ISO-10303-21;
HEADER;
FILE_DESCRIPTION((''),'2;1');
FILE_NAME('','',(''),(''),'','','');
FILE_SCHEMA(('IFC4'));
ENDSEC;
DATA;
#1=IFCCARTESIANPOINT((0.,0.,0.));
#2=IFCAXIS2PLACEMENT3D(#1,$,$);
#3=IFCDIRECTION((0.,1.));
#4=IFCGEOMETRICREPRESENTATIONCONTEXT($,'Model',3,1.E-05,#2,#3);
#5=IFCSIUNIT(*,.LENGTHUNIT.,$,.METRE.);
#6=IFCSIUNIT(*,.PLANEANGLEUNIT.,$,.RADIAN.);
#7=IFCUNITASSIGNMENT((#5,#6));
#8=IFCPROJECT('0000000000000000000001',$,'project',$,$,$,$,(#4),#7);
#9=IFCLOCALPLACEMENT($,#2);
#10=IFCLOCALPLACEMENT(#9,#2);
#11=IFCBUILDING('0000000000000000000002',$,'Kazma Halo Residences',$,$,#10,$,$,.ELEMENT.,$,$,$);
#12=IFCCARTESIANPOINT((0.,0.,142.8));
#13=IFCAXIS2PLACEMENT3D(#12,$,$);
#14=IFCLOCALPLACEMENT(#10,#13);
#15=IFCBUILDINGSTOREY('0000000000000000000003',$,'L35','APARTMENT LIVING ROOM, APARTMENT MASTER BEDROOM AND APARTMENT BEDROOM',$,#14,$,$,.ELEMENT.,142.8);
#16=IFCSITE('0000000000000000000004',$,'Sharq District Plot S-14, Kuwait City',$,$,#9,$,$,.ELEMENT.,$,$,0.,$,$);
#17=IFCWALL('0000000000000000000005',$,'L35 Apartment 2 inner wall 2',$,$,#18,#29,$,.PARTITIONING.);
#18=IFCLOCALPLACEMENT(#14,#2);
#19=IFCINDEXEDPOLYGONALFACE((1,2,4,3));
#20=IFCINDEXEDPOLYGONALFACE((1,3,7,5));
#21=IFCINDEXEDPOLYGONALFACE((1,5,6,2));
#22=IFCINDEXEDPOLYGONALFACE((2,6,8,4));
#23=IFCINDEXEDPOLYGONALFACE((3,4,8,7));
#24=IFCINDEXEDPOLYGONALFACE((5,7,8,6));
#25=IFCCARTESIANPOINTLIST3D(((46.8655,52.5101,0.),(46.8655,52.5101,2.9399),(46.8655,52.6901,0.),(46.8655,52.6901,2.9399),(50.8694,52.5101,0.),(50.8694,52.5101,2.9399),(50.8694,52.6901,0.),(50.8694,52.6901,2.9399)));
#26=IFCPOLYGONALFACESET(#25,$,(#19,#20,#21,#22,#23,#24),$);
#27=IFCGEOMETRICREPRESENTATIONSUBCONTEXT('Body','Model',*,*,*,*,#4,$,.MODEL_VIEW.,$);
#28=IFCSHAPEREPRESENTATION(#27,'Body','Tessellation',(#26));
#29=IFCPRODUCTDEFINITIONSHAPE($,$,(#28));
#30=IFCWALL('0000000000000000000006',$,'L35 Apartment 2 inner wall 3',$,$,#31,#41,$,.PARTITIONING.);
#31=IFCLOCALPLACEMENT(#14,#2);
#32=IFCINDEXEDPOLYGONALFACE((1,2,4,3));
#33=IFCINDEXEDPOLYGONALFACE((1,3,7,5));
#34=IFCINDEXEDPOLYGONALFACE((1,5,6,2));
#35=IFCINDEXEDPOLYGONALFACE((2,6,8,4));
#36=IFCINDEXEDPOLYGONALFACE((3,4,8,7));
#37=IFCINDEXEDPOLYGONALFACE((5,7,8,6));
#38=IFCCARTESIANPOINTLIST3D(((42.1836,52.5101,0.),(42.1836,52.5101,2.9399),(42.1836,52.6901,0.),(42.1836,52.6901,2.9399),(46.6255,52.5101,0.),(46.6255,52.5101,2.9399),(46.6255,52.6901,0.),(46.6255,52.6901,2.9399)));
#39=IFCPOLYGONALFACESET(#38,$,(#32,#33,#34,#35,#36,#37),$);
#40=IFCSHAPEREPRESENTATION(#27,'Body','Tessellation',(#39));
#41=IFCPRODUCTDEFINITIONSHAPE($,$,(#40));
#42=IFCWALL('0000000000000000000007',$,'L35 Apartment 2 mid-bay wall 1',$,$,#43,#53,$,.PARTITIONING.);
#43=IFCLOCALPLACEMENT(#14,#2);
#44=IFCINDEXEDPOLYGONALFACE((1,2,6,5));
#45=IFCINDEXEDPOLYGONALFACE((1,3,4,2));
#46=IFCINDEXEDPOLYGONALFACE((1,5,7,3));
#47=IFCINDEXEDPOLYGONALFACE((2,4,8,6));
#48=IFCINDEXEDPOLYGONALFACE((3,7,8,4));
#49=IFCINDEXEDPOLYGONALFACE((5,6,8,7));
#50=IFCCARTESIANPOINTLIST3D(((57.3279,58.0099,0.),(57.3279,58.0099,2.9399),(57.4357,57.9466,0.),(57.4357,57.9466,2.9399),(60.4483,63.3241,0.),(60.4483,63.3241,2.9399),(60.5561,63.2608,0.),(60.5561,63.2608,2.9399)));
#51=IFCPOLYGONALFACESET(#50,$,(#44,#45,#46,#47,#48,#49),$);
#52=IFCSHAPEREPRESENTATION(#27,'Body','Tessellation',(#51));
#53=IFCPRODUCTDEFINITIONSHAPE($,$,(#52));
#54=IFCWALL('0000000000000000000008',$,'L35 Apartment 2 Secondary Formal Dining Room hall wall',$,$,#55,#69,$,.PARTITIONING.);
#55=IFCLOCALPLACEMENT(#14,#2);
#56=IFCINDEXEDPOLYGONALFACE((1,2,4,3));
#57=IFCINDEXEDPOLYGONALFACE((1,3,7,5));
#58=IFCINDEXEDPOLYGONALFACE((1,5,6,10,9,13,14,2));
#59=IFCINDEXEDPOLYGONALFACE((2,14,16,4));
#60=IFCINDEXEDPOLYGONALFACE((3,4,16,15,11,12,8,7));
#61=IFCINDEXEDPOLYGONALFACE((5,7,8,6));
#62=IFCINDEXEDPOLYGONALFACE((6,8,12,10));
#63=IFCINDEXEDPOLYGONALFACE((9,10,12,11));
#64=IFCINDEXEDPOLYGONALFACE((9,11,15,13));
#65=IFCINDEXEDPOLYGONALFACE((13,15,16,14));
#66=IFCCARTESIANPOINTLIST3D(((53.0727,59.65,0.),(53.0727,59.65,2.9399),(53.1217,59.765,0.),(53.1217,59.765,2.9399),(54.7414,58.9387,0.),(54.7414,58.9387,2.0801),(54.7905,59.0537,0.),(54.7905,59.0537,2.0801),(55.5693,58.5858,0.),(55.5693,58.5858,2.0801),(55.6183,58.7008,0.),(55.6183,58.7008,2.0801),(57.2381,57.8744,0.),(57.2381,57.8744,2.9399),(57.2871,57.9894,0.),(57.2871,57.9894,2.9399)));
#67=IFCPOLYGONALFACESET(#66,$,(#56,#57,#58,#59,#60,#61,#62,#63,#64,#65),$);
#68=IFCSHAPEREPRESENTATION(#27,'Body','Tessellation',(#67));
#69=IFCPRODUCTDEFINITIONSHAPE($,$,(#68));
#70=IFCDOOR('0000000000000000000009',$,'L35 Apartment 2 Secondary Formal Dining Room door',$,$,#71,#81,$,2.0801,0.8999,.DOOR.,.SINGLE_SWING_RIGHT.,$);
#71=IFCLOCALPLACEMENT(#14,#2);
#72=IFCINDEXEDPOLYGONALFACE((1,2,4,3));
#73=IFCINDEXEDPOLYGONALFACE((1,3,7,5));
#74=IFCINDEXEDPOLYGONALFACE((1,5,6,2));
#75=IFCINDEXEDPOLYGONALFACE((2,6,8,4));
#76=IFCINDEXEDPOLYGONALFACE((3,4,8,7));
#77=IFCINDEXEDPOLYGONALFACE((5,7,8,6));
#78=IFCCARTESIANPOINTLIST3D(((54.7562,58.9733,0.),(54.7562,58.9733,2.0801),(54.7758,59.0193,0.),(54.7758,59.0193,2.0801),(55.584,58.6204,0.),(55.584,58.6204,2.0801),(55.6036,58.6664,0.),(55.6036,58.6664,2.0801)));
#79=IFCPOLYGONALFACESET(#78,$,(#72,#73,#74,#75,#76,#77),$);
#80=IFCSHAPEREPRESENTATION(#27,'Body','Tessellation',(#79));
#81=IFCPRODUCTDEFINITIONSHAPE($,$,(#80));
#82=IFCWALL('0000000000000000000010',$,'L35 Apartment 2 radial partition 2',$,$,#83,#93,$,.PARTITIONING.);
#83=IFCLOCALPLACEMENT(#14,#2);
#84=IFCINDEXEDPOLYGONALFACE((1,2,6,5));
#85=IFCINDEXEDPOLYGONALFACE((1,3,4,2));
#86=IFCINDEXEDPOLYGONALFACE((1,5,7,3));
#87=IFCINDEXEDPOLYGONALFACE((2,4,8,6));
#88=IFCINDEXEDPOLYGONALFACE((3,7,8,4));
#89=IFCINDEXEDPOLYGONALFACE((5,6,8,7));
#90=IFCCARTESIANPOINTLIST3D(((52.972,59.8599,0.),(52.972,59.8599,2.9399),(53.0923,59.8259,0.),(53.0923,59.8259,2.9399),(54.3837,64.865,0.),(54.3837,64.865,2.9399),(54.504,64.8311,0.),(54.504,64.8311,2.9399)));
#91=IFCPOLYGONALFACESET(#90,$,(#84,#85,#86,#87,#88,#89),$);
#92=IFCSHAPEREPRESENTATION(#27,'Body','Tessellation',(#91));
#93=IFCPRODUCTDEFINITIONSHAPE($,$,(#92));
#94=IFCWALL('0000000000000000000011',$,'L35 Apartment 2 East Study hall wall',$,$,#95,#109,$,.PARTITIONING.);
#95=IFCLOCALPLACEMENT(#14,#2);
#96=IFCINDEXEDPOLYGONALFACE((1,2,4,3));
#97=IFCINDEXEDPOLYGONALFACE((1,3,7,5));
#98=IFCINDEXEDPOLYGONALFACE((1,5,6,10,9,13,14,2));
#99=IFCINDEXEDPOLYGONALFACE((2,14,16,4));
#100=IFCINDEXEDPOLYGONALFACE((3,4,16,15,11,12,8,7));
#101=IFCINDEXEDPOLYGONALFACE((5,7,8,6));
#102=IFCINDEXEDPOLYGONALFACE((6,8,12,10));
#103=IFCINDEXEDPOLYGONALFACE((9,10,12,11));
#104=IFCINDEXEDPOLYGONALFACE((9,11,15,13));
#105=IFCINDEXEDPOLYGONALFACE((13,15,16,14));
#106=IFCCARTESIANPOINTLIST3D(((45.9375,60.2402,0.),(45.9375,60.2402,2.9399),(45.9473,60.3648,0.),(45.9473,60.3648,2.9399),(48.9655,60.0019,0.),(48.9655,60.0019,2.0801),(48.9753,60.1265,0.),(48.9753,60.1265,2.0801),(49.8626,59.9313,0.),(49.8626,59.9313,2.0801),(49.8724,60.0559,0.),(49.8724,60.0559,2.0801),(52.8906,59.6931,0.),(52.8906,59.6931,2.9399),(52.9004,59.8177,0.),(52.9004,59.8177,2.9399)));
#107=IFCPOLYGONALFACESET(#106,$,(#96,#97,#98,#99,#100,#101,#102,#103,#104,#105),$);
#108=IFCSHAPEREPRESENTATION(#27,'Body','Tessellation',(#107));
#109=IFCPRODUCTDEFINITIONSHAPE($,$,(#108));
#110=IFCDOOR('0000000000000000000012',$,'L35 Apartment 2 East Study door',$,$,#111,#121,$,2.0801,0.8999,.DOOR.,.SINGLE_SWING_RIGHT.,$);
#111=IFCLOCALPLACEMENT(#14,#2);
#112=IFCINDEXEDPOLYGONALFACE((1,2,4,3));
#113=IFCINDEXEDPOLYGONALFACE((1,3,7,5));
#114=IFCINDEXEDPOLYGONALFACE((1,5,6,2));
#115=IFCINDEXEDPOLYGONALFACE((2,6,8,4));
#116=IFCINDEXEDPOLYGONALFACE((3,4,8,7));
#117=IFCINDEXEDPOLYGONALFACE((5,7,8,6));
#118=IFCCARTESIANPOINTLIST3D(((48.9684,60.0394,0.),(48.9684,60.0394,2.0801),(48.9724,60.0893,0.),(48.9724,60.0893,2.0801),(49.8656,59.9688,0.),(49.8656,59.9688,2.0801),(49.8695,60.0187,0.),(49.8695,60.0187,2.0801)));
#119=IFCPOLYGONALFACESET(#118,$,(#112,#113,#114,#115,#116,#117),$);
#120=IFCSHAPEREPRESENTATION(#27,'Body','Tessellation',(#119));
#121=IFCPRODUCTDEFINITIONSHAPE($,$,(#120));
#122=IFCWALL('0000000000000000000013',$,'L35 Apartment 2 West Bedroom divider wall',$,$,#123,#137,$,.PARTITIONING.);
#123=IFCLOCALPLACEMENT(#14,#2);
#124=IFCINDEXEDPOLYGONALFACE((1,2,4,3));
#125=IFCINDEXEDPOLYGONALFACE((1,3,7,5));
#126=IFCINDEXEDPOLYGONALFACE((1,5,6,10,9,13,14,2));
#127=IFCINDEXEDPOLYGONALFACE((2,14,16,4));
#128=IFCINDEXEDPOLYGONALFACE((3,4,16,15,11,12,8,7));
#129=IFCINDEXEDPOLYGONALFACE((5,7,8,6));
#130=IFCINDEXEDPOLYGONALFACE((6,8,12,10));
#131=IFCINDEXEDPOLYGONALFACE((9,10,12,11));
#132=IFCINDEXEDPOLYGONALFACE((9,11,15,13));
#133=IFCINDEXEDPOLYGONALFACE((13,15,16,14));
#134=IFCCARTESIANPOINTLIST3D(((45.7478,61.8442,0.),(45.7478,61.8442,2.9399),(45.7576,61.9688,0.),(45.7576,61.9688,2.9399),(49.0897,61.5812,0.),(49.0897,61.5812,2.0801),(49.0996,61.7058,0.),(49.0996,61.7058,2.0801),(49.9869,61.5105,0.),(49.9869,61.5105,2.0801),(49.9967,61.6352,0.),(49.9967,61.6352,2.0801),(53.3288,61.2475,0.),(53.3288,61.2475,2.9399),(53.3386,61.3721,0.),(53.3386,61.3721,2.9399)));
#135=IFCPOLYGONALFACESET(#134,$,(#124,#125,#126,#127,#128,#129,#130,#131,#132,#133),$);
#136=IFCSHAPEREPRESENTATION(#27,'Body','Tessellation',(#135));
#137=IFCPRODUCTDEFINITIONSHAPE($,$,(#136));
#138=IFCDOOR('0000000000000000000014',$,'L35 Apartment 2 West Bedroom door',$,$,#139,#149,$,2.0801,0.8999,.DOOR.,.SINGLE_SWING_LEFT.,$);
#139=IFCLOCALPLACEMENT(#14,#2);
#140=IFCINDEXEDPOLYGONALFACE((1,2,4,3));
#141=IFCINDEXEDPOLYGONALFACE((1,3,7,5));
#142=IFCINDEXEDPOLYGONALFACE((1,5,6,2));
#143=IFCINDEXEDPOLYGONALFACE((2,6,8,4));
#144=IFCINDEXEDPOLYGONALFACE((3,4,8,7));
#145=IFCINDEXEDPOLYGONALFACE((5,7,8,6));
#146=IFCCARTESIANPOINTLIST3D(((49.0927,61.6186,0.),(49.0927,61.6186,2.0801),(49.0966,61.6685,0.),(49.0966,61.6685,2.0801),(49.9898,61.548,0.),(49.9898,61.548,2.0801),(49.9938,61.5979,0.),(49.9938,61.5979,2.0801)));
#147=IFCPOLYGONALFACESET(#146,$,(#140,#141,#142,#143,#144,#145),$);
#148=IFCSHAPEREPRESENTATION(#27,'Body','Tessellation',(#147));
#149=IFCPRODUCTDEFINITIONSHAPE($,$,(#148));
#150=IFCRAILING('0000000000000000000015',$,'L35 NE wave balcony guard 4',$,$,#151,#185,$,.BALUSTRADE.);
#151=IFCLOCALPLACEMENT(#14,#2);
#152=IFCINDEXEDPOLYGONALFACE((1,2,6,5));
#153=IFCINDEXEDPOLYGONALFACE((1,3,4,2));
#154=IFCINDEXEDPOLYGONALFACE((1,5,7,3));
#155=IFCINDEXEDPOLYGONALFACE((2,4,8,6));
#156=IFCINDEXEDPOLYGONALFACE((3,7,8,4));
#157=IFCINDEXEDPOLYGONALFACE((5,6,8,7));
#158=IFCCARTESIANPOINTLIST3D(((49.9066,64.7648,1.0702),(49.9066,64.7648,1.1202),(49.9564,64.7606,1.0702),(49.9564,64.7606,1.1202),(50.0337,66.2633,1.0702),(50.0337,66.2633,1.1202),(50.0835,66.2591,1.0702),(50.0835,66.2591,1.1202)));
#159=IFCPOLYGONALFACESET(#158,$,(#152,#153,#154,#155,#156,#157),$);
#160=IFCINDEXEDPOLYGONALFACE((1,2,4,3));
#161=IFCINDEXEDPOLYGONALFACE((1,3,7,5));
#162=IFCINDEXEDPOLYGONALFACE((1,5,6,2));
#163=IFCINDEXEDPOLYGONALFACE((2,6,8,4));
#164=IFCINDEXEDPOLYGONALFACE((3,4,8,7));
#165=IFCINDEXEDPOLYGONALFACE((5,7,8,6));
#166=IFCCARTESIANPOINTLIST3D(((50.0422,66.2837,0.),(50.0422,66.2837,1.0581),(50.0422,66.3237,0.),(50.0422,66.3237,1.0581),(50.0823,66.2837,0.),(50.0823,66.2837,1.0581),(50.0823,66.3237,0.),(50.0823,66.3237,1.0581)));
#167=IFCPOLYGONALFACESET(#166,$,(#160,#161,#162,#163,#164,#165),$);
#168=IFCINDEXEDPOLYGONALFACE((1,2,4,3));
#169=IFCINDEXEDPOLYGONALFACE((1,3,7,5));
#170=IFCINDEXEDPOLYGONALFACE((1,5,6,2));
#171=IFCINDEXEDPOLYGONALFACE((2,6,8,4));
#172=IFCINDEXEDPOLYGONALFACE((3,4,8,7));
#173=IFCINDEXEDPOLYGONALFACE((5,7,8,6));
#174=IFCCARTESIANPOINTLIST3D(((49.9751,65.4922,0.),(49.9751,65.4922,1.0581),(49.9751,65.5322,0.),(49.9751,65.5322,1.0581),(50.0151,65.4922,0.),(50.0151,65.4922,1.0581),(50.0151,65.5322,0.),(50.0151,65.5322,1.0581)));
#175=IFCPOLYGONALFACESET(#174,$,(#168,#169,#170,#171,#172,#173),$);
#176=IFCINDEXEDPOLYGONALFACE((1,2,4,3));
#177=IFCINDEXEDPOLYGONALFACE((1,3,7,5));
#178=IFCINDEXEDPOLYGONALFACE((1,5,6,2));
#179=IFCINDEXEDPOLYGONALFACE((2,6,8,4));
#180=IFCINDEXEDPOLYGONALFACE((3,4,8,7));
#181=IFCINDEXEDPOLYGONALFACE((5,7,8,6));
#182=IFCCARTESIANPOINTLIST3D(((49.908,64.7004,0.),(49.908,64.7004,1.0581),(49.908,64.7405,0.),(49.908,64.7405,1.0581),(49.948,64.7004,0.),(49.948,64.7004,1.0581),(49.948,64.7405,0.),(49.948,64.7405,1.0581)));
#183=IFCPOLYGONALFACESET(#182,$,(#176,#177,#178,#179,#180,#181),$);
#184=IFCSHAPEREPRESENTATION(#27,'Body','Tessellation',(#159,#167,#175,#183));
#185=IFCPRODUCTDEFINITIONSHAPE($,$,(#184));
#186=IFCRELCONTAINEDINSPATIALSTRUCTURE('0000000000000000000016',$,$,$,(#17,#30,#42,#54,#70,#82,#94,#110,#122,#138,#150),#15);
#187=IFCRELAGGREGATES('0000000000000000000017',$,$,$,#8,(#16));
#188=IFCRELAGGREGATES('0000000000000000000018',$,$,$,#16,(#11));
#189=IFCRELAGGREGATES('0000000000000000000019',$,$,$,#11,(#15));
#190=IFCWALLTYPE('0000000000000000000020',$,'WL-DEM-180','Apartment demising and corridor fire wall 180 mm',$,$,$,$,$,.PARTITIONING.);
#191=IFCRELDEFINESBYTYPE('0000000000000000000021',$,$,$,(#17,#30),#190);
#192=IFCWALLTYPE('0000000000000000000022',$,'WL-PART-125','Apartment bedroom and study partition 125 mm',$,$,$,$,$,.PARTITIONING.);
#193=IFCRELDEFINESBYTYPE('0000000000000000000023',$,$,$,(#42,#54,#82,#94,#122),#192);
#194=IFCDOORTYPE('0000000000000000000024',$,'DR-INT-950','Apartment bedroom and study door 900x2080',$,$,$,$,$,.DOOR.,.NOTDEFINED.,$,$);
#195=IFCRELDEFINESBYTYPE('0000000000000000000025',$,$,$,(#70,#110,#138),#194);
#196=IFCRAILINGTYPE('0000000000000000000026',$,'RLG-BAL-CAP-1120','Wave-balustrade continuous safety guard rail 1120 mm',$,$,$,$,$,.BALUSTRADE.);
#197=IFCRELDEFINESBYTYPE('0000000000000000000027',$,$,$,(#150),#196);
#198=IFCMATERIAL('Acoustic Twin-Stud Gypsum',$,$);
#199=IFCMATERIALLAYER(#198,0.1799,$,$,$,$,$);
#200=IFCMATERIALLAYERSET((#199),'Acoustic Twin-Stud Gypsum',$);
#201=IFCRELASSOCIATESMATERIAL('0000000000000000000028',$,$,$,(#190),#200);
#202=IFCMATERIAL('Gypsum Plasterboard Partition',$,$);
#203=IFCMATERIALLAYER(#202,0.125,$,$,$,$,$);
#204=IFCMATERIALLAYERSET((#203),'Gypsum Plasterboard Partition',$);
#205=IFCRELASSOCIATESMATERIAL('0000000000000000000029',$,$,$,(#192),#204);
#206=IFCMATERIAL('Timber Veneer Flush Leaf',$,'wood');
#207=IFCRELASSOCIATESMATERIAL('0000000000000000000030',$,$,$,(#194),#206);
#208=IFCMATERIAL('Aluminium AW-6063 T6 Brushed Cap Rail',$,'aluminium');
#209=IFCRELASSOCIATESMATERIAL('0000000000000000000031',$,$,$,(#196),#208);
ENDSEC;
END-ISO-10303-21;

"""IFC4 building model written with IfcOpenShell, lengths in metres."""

from ifc_helpers import new_model, si_unit, direction, frame, frame_2d, origin, origin_2d, place, context, subcontext, project, spatial, rectangle, extrude, material, layer, layer_set, type_object, element, fill, save


model = new_model("IFC4")

# Units and contexts
model_context = context("Model", 3, precision=1e-05, world=origin(), true_north=direction((0.0, 1.0)))
body_context = subcontext(model_context, "Body", "Model", "MODEL_VIEW")
ifc_project = project(units=[si_unit("LENGTHUNIT", "METRE"), si_unit("PLANEANGLEUNIT", "RADIAN")], contexts=[model_context])

# Site, building, storey
site_placement = place(None, origin())
site = spatial("IfcSite", under=ifc_project, at=site_placement, Name="Sharq District Plot S-14, Kuwait City", CompositionType="ELEMENT", RefElevation=0.0)
building_placement = place(site_placement, origin())
building = spatial("IfcBuilding", under=site, at=building_placement, Name="Kazma Halo Residences", CompositionType="ELEMENT")
storey_placement = place(building_placement, frame((0.0, 0.0, 142.8)))
storey = spatial("IfcBuildingStorey", under=building, at=storey_placement, Name="L35", Description="APARTMENT LIVING ROOM, APARTMENT MASTER BEDROOM AND APARTMENT BEDROOM", CompositionType="ELEMENT", Elevation=142.8)

# Walls
ifc_material_1 = material(Name="Acoustic Twin-Stud Gypsum")
ifc_layer_1 = layer(ifc_material_1, 0.1799)
ifc_layer_set_1 = layer_set([ifc_layer_1], Name="Acoustic Twin-Stud Gypsum")
wall_type_1 = type_object("IfcWallType", Name="WL-DEM-180", Description="Apartment demising and corridor fire wall 180 mm", PredefinedType="PARTITIONING", material=ifc_layer_set_1)
wall_1_placement = place(storey_placement, frame((50.8694, 52.6001, 0.0), z_axis=(0.0, 0.0, 1.0), x_axis=(-1.0, 0.0, 0.0)))
element("IfcWall", 1, at=wall_1_placement, inside=storey, type_object=wall_type_1, Name="L35 Apartment 2 inner wall 2", PredefinedType="PARTITIONING", context=body_context, shape_type="SweptSolid", body=[
    extrude(rectangle(XDim=4.0039, YDim=0.1799, at=frame_2d((2.002, 0.0))), origin(), (0.0, 0.0, 1.0), 2.9399),
])
wall_2_placement = place(storey_placement, frame((46.6255, 52.6001, 0.0), z_axis=(0.0, 0.0, 1.0), x_axis=(-1.0, 0.0, 0.0)))
element("IfcWall", 2, at=wall_2_placement, inside=storey, type_object=wall_type_1, Name="L35 Apartment 2 inner wall 3", PredefinedType="PARTITIONING", context=body_context, shape_type="SweptSolid", body=[
    extrude(rectangle(XDim=4.4419, YDim=0.1799, at=frame_2d((2.2209, 0.0))), origin(), (0.0, 0.0, 1.0), 2.9399),
])
ifc_material_2 = material(Name="Gypsum Plasterboard Partition")
ifc_layer_2 = layer(ifc_material_2, 0.125)
ifc_layer_set_2 = layer_set([ifc_layer_2], Name="Gypsum Plasterboard Partition")
wall_type_2 = type_object("IfcWallType", Name="WL-PART-125", Description="Apartment bedroom and study partition 125 mm", PredefinedType="PARTITIONING", material=ifc_layer_set_2)
wall_3_placement = place(storey_placement, frame((57.3818, 57.9783, 0.0), z_axis=(0.0, 0.0, 1.0), x_axis=(0.50634, 0.862334, 0.0)))
element("IfcWall", 3, at=wall_3_placement, inside=storey, type_object=wall_type_2, Name="L35 Apartment 2 mid-bay wall 1", PredefinedType="PARTITIONING", context=body_context, shape_type="SweptSolid", body=[
    extrude(rectangle(XDim=6.1626, YDim=0.125, at=frame_2d((3.0813, 0.0))), origin(), (0.0, 0.0, 1.0), 2.9399),
])

# Wall, opening, door
wall_4_placement = place(storey_placement, frame((57.2627, 57.9319, 0.0), z_axis=(0.0, 0.0, 1.0), x_axis=(-0.91991, 0.392129, 0.0)))
wall_4 = element("IfcWall", 4, at=wall_4_placement, inside=storey, type_object=wall_type_2, Name="L35 Apartment 2 Secondary Formal Dining Room hall wall", PredefinedType="PARTITIONING", context=body_context, shape_type="SweptSolid", body=[
    extrude(rectangle(XDim=4.5281, YDim=0.125, at=frame_2d((2.2642, 0.0))), origin(), (0.0, 0.0, 1.0), 2.9399),
])
opening_1_placement = place(wall_4_placement, frame((1.8142, 0.0, 0.0)))
opening_1 = element("IfcOpeningElement", 5, at=opening_1_placement, cuts=wall_4, PredefinedType="OPENING", context=body_context, shape_type="SweptSolid", body=[
    extrude(rectangle(XDim=0.8999, YDim=2.0801, at=frame_2d((0.45, 1.04))), frame((0.0, 0.0725, 0.0), z_axis=(0.0, -1.0, 0.0), x_axis=(1.0, 0.0, 0.0)), (0.0, 0.0, 1.0), 0.145),
])
ifc_material_3 = material(Name="Timber Veneer Flush Leaf", Category="wood")
door_type = type_object("IfcDoorType", Name="DR-INT-950", Description="Apartment bedroom and study door 900x2080", OperationType="NOTDEFINED", PredefinedType="DOOR", material=ifc_material_3)
door_1_placement = place(opening_1_placement, origin())
door_1 = element("IfcDoor", 6, at=door_1_placement, inside=storey, type_object=door_type, Name="L35 Apartment 2 Secondary Formal Dining Room door", OperationType="SINGLE_SWING_RIGHT", OverallHeight=2.0801, OverallWidth=0.8999, PredefinedType="DOOR", context=body_context, shape_type="SweptSolid", body=[
    extrude(rectangle(XDim=0.8999, YDim=2.0801, at=frame_2d((0.45, 1.04))), frame((0.0, 0.0249, 0.0), z_axis=(0.0, -1.0, 0.0), x_axis=(1.0, 0.0, 0.0)), (0.0, 0.0, 1.0), 0.05),
])
fill(opening_1, door_1)

# Wall
wall_5_placement = place(storey_placement, frame((53.0322, 59.843, 0.0), z_axis=(0.0, 0.0, 1.0), x_axis=(0.271446, 0.962454, 0.0)))
element("IfcWall", 7, at=wall_5_placement, inside=storey, type_object=wall_type_2, Name="L35 Apartment 2 radial partition 2", PredefinedType="PARTITIONING", context=body_context, shape_type="SweptSolid", body=[
    extrude(rectangle(XDim=5.2004, YDim=0.125, at=frame_2d((2.6001, 0.0))), origin(), (0.0, 0.0, 1.0), 2.9399),
])

# Walls, openings, doors
wall_6_placement = place(storey_placement, frame((52.8955, 59.7554, 0.0), z_axis=(0.0, 0.0, 1.0), x_axis=(-0.996918, 0.078444, 0.0)))
wall_6 = element("IfcWall", 8, at=wall_6_placement, inside=storey, type_object=wall_type_2, Name="L35 Apartment 2 East Study hall wall", PredefinedType="PARTITIONING", context=body_context, shape_type="SweptSolid", body=[
    extrude(rectangle(XDim=6.9746, YDim=0.125, at=frame_2d((3.4873, 0.0))), origin(), (0.0, 0.0, 1.0), 2.9399),
])
opening_2_placement = place(wall_6_placement, frame((3.0374, 0.0, 0.0)))
opening_2 = element("IfcOpeningElement", 9, at=opening_2_placement, cuts=wall_6, PredefinedType="OPENING", context=body_context, shape_type="SweptSolid", body=[
    extrude(rectangle(XDim=0.8999, YDim=2.0801, at=frame_2d((0.45, 1.04))), frame((0.0, 0.0725, 0.0), z_axis=(0.0, -1.0, 0.0), x_axis=(1.0, 0.0, 0.0)), (0.0, 0.0, 1.0), 0.145),
])
door_2_placement = place(opening_2_placement, origin())
door_2 = element("IfcDoor", 10, at=door_2_placement, inside=storey, type_object=door_type, Name="L35 Apartment 2 East Study door", OperationType="SINGLE_SWING_RIGHT", OverallHeight=2.0801, OverallWidth=0.8999, PredefinedType="DOOR", context=body_context, shape_type="SweptSolid", body=[
    extrude(rectangle(XDim=0.8999, YDim=2.0801, at=frame_2d((0.45, 1.04))), frame((0.0, 0.0249, 0.0), z_axis=(0.0, -1.0, 0.0), x_axis=(1.0, 0.0, 0.0)), (0.0, 0.0, 1.0), 0.05),
])
fill(opening_2, door_2)
wall_7_placement = place(storey_placement, frame((53.3337, 61.3098, 0.0), z_axis=(0.0, 0.0, 1.0), x_axis=(-0.996917, 0.078464, 0.0)))
wall_7 = element("IfcWall", 11, at=wall_7_placement, inside=storey, type_object=wall_type_2, Name="L35 Apartment 2 West Bedroom divider wall", PredefinedType="PARTITIONING", context=body_context, shape_type="SweptSolid", body=[
    extrude(rectangle(XDim=7.6045, YDim=0.125, at=frame_2d((3.8022, 0.0))), origin(), (0.0, 0.0, 1.0), 2.9399),
])
opening_3_placement = place(wall_7_placement, frame((3.3523, 0.0, 0.0)))
opening_3 = element("IfcOpeningElement", 12, at=opening_3_placement, cuts=wall_7, PredefinedType="OPENING", context=body_context, shape_type="SweptSolid", body=[
    extrude(rectangle(XDim=0.8999, YDim=2.0801, at=frame_2d((0.45, 1.04))), frame((0.0, 0.0725, 0.0), z_axis=(0.0, -1.0, 0.0), x_axis=(1.0, 0.0, 0.0)), (0.0, 0.0, 1.0), 0.145),
])
door_3_placement = place(opening_3_placement, origin())
door_3 = element("IfcDoor", 13, at=door_3_placement, inside=storey, type_object=door_type, Name="L35 Apartment 2 West Bedroom door", OperationType="SINGLE_SWING_LEFT", OverallHeight=2.0801, OverallWidth=0.8999, PredefinedType="DOOR", context=body_context, shape_type="SweptSolid", body=[
    extrude(rectangle(XDim=0.8999, YDim=2.0801, at=frame_2d((0.45, 1.04))), frame((0.0, 0.0249, 0.0), z_axis=(0.0, -1.0, 0.0), x_axis=(1.0, 0.0, 0.0)), (0.0, 0.0, 1.0), 0.05),
])
fill(opening_3, door_3)

# Railing
ifc_material_4 = material(Name="Aluminium AW-6063 T6 Brushed Cap Rail", Category="aluminium")
railing_type = type_object("IfcRailingType", Name="RLG-BAL-CAP-1120", Description="Wave-balustrade continuous safety guard rail 1120 mm", PredefinedType="BALUSTRADE", material=ifc_material_4)
railing_1_placement = place(storey_placement, frame((50.0623, 66.3037, 0.0)))
element("IfcRailing", 14, at=railing_1_placement, inside=storey, type_object=railing_type, Name="L35 NE wave balcony guard 4", PredefinedType="BALUSTRADE", context=body_context, shape_type="SweptSolid", body=[
    extrude(rectangle(XDim=0.05, YDim=0.05, at=origin_2d()), frame((-0.0037, -0.0425, 1.0952), z_axis=(-0.084508, -0.996423, 0.0), x_axis=(0.996423, -0.084508, 0.0)), (0.0, 0.0, 1.0), 1.5039),
    extrude(rectangle(XDim=0.04, YDim=0.04, at=origin_2d()), origin(), (0.0, 0.0, 1.0), 1.0581),
    extrude(rectangle(XDim=0.04, YDim=0.04, at=origin_2d()), frame((-0.0671, -0.7915, 0.0)), (0.0, 0.0, 1.0), 1.0581),
    extrude(rectangle(XDim=0.04, YDim=0.04, at=origin_2d()), frame((-0.1343, -1.5833, 0.0)), (0.0, 0.0, 1.0), 1.0581),
])

save(model, "model.ifc")
